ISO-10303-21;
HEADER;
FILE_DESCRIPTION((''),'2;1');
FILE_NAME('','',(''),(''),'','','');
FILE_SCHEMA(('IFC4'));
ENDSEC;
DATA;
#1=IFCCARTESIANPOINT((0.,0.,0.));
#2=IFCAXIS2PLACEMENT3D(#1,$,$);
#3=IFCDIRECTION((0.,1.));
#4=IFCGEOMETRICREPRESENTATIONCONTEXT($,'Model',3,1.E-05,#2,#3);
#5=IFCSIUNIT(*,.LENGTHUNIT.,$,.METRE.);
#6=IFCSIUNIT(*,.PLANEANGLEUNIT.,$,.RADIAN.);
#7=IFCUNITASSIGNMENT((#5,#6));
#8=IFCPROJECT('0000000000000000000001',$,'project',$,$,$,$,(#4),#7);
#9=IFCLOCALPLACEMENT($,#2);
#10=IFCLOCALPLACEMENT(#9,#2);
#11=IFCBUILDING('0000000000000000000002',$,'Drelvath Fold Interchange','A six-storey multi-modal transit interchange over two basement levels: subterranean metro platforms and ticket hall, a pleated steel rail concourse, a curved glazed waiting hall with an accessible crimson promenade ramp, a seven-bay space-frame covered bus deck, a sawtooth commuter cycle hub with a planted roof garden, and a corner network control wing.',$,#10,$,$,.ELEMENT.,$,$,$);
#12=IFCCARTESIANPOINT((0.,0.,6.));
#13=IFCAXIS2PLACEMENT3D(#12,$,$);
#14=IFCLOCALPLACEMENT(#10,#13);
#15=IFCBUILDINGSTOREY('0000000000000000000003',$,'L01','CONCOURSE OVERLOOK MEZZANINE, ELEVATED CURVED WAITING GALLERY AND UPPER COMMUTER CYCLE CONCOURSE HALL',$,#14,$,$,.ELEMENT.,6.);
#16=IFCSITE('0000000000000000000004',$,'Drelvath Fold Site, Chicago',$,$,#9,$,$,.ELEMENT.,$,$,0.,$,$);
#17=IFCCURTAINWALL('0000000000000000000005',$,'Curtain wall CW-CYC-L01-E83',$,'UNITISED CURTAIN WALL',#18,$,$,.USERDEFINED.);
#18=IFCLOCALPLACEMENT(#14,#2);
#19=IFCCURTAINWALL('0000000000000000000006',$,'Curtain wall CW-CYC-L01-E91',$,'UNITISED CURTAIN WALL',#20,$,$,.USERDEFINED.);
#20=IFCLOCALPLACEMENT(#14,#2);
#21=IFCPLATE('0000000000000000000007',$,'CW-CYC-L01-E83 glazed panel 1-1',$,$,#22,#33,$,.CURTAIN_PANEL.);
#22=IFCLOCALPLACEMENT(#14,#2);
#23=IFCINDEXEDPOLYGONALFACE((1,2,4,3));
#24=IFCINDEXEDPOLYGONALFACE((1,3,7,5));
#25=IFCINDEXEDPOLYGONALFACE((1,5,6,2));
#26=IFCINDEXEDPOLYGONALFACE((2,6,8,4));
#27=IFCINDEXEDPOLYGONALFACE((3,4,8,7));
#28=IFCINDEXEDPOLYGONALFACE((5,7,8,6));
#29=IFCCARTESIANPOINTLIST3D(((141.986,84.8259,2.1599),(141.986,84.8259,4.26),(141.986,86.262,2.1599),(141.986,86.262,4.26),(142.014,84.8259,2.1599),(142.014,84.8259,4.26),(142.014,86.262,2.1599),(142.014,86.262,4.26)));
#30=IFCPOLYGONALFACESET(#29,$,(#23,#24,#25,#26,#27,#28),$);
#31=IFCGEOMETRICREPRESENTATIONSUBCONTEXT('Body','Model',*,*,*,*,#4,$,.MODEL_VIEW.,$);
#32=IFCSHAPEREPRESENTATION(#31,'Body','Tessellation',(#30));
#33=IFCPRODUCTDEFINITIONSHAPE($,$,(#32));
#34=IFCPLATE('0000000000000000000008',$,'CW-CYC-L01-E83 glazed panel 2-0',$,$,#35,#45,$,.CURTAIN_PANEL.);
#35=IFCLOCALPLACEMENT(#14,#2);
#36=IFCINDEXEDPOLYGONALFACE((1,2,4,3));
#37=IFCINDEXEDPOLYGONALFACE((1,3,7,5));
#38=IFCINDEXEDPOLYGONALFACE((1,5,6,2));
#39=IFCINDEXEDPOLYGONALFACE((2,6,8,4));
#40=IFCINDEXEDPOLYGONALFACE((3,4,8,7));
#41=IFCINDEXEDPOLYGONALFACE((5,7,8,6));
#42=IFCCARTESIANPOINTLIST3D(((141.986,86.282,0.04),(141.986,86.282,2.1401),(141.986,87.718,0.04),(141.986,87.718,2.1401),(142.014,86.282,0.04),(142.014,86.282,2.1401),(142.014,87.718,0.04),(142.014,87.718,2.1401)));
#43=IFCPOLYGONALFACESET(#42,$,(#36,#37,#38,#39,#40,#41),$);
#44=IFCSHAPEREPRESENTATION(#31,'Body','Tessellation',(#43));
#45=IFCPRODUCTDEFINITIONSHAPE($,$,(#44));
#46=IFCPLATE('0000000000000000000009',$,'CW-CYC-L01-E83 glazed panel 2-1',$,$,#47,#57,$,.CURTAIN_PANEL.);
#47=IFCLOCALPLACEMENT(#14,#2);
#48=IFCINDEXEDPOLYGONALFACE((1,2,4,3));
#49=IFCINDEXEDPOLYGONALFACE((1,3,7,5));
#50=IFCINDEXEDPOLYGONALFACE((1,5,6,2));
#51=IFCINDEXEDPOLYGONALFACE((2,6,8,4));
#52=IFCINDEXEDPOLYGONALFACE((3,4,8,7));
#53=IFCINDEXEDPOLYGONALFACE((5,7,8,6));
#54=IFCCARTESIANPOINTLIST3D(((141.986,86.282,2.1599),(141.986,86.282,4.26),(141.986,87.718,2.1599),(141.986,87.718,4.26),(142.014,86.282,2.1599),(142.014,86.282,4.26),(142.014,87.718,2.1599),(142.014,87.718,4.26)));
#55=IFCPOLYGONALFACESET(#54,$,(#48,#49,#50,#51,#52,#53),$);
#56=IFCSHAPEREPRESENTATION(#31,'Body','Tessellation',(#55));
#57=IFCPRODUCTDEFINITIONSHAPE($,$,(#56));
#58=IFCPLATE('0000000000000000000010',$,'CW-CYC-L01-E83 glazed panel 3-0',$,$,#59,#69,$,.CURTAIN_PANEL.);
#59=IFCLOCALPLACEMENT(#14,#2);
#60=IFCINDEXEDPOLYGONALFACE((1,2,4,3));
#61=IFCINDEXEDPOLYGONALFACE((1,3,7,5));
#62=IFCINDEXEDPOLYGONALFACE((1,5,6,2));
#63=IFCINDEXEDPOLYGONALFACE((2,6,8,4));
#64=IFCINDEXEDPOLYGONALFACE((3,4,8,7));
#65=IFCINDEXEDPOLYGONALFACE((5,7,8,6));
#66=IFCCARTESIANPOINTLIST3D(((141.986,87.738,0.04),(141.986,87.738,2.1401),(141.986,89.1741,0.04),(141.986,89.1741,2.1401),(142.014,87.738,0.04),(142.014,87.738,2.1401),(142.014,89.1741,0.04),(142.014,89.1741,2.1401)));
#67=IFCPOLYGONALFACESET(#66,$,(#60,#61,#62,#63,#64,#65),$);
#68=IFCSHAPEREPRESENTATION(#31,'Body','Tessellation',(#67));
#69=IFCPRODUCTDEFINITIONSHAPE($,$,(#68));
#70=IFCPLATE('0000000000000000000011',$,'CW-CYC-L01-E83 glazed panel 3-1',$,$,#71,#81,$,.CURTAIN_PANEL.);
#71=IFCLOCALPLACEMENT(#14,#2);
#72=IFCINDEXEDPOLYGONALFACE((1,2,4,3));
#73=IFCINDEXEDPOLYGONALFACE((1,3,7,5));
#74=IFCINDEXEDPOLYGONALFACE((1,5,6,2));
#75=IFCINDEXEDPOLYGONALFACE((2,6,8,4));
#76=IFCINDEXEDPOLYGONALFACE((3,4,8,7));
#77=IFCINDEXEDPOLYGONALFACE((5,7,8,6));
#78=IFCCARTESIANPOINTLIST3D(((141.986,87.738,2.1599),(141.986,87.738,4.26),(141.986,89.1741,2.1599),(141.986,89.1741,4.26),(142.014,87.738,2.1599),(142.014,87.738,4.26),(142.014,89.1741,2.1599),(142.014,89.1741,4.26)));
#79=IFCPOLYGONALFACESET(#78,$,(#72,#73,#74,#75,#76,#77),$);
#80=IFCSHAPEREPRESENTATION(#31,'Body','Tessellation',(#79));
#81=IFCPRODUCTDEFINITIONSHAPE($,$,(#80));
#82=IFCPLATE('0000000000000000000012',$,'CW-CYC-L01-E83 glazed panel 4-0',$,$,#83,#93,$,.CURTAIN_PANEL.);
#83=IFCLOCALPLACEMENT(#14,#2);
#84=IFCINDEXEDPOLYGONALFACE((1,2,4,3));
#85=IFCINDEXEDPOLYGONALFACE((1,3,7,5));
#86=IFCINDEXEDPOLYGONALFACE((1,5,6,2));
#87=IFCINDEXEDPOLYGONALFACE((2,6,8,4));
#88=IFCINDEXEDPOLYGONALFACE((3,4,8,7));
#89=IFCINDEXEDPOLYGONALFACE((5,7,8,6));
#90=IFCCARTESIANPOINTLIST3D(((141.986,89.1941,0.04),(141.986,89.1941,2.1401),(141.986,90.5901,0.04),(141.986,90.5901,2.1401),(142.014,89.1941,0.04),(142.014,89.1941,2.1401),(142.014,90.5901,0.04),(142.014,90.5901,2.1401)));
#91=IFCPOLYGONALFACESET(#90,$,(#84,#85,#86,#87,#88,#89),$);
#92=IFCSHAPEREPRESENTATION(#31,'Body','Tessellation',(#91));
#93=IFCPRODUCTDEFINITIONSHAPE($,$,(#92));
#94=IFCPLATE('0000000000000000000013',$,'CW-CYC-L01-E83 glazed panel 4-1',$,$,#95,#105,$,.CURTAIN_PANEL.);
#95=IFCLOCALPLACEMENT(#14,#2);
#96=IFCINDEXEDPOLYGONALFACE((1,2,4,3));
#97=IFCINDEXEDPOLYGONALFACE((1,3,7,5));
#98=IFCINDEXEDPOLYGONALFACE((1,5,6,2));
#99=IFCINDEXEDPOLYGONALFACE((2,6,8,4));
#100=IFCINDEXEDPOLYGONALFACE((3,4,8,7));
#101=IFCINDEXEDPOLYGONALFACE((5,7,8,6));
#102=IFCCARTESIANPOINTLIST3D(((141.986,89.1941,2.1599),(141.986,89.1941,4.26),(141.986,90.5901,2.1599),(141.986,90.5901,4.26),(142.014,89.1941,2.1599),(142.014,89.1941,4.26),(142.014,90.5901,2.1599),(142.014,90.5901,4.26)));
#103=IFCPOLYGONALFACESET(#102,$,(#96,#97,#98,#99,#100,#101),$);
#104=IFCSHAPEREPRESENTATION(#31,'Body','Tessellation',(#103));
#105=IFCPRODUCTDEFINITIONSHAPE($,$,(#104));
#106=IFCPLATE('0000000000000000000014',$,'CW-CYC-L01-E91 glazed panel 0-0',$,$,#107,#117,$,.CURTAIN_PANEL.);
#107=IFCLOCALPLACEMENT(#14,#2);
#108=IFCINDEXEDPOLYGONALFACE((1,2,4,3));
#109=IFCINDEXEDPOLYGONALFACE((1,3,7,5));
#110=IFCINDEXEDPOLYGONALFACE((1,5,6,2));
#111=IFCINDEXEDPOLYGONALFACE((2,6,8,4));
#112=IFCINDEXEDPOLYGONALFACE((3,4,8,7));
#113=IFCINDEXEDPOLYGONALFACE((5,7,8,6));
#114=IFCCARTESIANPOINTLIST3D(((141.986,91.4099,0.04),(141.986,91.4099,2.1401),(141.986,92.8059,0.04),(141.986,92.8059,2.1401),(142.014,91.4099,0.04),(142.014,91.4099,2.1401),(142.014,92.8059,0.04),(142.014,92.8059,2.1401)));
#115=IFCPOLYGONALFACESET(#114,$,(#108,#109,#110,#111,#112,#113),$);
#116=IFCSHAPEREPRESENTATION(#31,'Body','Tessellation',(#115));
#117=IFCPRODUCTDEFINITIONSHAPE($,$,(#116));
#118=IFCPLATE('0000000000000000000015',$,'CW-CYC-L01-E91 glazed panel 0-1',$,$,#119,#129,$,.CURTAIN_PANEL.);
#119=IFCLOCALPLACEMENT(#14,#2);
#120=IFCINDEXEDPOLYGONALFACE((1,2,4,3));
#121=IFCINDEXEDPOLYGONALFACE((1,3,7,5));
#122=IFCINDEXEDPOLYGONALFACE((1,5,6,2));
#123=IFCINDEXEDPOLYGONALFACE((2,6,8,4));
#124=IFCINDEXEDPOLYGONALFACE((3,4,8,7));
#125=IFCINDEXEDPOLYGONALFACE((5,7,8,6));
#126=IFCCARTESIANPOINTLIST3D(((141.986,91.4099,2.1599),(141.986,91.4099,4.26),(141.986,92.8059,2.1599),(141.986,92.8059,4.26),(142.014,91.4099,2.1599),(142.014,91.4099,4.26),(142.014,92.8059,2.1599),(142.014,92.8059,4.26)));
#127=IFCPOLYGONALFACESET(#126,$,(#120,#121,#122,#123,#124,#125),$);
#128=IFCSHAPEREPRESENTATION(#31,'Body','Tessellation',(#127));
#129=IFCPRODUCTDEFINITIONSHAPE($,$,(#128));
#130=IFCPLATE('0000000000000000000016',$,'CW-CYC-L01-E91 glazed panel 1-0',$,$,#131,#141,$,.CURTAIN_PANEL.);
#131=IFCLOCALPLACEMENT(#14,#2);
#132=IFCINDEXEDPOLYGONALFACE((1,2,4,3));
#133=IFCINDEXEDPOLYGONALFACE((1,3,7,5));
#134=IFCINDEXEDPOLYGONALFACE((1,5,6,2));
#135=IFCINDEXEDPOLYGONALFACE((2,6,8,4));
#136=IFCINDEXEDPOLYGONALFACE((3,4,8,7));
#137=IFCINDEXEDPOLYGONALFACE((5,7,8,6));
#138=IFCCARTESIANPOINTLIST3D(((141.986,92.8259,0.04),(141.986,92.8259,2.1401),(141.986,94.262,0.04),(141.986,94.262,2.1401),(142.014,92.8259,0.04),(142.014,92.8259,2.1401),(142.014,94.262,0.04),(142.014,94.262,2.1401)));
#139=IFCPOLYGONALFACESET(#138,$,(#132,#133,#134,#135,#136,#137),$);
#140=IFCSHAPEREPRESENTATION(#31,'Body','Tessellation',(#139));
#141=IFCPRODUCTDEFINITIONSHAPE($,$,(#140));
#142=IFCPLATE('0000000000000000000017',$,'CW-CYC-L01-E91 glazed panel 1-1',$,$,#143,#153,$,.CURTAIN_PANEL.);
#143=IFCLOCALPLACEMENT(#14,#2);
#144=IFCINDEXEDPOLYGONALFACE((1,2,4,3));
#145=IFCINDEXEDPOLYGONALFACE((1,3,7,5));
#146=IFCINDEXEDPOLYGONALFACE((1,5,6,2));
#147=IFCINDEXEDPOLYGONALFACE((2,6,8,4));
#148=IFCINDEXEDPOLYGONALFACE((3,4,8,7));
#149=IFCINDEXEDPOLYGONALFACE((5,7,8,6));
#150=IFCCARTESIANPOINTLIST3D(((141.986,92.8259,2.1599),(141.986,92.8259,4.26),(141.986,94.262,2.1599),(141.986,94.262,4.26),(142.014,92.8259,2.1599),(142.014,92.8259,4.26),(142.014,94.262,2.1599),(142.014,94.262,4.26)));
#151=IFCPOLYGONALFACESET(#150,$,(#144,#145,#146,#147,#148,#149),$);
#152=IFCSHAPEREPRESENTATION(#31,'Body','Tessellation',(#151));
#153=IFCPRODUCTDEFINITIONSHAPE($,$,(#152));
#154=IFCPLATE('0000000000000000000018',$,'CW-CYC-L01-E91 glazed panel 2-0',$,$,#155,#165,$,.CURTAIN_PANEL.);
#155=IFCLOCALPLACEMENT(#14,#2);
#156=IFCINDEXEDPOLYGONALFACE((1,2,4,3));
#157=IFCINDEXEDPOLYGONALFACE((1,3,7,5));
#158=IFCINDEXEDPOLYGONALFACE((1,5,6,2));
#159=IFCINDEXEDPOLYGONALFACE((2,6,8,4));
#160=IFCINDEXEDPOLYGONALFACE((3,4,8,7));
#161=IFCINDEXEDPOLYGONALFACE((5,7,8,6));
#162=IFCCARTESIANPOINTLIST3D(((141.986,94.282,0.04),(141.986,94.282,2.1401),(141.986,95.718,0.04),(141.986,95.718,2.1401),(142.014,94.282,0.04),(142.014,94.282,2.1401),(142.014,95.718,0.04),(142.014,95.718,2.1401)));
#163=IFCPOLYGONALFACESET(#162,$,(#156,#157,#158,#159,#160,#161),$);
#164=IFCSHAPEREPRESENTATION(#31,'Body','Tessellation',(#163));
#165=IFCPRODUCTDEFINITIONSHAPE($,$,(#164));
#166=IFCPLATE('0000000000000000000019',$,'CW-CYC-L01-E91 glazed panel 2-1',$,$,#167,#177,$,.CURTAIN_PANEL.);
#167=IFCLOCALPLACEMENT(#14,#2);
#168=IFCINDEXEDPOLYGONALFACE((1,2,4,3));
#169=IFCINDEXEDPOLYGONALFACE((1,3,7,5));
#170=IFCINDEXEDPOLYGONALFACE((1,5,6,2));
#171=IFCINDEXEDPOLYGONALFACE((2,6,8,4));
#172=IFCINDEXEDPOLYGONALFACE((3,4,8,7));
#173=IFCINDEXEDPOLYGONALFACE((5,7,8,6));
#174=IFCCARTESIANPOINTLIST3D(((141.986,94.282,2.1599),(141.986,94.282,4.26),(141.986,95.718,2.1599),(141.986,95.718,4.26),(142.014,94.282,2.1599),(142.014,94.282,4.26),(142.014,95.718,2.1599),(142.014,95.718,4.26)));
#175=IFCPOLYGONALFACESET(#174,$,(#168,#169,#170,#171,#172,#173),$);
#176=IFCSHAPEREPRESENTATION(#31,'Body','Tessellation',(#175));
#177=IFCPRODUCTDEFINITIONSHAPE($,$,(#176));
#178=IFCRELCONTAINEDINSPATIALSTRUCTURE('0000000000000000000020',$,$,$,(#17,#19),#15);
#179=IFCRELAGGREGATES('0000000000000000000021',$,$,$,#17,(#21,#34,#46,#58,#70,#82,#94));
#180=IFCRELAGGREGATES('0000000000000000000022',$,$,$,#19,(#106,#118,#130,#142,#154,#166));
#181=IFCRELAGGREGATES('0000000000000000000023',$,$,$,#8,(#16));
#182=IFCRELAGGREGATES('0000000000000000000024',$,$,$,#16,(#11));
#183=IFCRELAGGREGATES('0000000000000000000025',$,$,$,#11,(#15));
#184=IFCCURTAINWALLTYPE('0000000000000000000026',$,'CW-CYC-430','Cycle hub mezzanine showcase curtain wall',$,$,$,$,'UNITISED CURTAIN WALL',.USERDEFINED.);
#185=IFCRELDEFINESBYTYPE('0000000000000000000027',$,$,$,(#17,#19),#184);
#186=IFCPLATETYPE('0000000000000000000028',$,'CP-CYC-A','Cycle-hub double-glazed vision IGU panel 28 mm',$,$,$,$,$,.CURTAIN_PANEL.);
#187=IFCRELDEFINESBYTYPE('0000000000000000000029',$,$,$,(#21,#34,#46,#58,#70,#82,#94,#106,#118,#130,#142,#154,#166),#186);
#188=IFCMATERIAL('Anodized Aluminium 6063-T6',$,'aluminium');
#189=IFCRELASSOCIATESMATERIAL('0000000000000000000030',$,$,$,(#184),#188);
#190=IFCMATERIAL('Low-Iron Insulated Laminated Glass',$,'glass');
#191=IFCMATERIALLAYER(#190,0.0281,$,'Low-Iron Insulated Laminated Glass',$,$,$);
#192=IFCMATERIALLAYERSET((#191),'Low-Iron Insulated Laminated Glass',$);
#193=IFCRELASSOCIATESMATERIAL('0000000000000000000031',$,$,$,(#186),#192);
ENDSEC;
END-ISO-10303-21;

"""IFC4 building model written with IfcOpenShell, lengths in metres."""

from ifc_helpers import new_model, si_unit, direction, frame, origin, origin_2d, place, context, subcontext, project, spatial, rectangle, extrude, material, layer, layer_set, type_object, element, aggregate, save


model = new_model("IFC4")

# Units and contexts
model_context = context("Model", 3, precision=1e-05, world=origin(), true_north=direction((0.0, 1.0)))
body_context = subcontext(model_context, "Body", "Model", "MODEL_VIEW")
ifc_project = project(units=[si_unit("LENGTHUNIT", "METRE"), si_unit("PLANEANGLEUNIT", "RADIAN")], contexts=[model_context])

# Site, building, storey
site_placement = place(None, origin())
site = spatial("IfcSite", under=ifc_project, at=site_placement, Name="Drelvath Fold Site, Chicago", CompositionType="ELEMENT", RefElevation=0.0)
building_placement = place(site_placement, origin())
building = spatial("IfcBuilding", under=site, at=building_placement, Name="Drelvath Fold Interchange", Description="A six-storey multi-modal transit interchange over two basement levels: subterranean metro platforms and ticket hall, a pleated steel rail concourse, a curved glazed waiting hall with an accessible crimson promenade ramp, a seven-bay space-frame covered bus deck, a sawtooth commuter cycle hub with a planted roof garden, and a corner network control wing.", CompositionType="ELEMENT")
storey_placement = place(building_placement, frame((0.0, 0.0, 6.0)))
storey = spatial("IfcBuildingStorey", under=building, at=storey_placement, Name="L01", Description="CONCOURSE OVERLOOK MEZZANINE, ELEVATED CURVED WAITING GALLERY AND UPPER COMMUTER CYCLE CONCOURSE HALL", CompositionType="ELEMENT", Elevation=6.0)

# Curtain walls
ifc_material_1 = material(Name="Anodized Aluminium 6063-T6", Category="aluminium")
curtain_wall_type = type_object("IfcCurtainWallType", Name="CW-CYC-430", Description="Cycle hub mezzanine showcase curtain wall", ElementType="UNITISED CURTAIN WALL", PredefinedType="USERDEFINED", material=ifc_material_1)
curtain_wall_1_placement = place(storey_placement, origin())
curtain_wall_1 = element("IfcCurtainWall", 1, at=curtain_wall_1_placement, inside=storey, type_object=curtain_wall_type, Name="Curtain wall CW-CYC-L01-E83", ObjectType="UNITISED CURTAIN WALL", PredefinedType="USERDEFINED")
curtain_wall_2_placement = place(storey_placement, origin())
curtain_wall_2 = element("IfcCurtainWall", 2, at=curtain_wall_2_placement, inside=storey, type_object=curtain_wall_type, Name="Curtain wall CW-CYC-L01-E91", ObjectType="UNITISED CURTAIN WALL", PredefinedType="USERDEFINED")

# Plates
ifc_material_2 = material(Name="Low-Iron Insulated Laminated Glass", Category="glass")
ifc_layer = layer(ifc_material_2, 0.0281, Name="Low-Iron Insulated Laminated Glass")
ifc_layer_set = layer_set([ifc_layer], Name="Low-Iron Insulated Laminated Glass")
plate_type = type_object("IfcPlateType", Name="CP-CYC-A", Description="Cycle-hub double-glazed vision IGU panel 28 mm", PredefinedType="CURTAIN_PANEL", material=ifc_layer_set)
plate_1_placement = place(storey_placement, frame((142.0, 85.5439, 2.1599), z_axis=(0.0, 0.0, 1.0), x_axis=(0.0, 1.0, 0.0)))
plate_1 = element("IfcPlate", 3, at=plate_1_placement, type_object=plate_type, Name="CW-CYC-L01-E83 glazed panel 1-1", PredefinedType="CURTAIN_PANEL", context=body_context, shape_type="SweptSolid", body=[
    extrude(rectangle(XDim=1.436, YDim=0.0281, at=origin_2d()), origin(), (0.0, 0.0, 1.0), 2.1001),
])
plate_2_placement = place(storey_placement, frame((142.0, 87.0, 0.04), z_axis=(0.0, 0.0, 1.0), x_axis=(0.0, 1.0, 0.0)))
plate_2 = element("IfcPlate", 4, at=plate_2_placement, type_object=plate_type, Name="CW-CYC-L01-E83 glazed panel 2-0", PredefinedType="CURTAIN_PANEL", context=body_context, shape_type="SweptSolid", body=[
    extrude(rectangle(XDim=1.436, YDim=0.0281, at=origin_2d()), origin(), (0.0, 0.0, 1.0), 2.1001),
])
plate_3_placement = place(storey_placement, frame((142.0, 87.0, 2.1599), z_axis=(0.0, 0.0, 1.0), x_axis=(0.0, 1.0, 0.0)))
plate_3 = element("IfcPlate", 5, at=plate_3_placement, type_object=plate_type, Name="CW-CYC-L01-E83 glazed panel 2-1", PredefinedType="CURTAIN_PANEL", context=body_context, shape_type="SweptSolid", body=[
    extrude(rectangle(XDim=1.436, YDim=0.0281, at=origin_2d()), origin(), (0.0, 0.0, 1.0), 2.1001),
])
plate_4_placement = place(storey_placement, frame((142.0, 88.4561, 0.04), z_axis=(0.0, 0.0, 1.0), x_axis=(0.0, 1.0, 0.0)))
plate_4 = element("IfcPlate", 6, at=plate_4_placement, type_object=plate_type, Name="CW-CYC-L01-E83 glazed panel 3-0", PredefinedType="CURTAIN_PANEL", context=body_context, shape_type="SweptSolid", body=[
    extrude(rectangle(XDim=1.436, YDim=0.0281, at=origin_2d()), origin(), (0.0, 0.0, 1.0), 2.1001),
])
plate_5_placement = place(storey_placement, frame((142.0, 88.4561, 2.1599), z_axis=(0.0, 0.0, 1.0), x_axis=(0.0, 1.0, 0.0)))
plate_5 = element("IfcPlate", 7, at=plate_5_placement, type_object=plate_type, Name="CW-CYC-L01-E83 glazed panel 3-1", PredefinedType="CURTAIN_PANEL", context=body_context, shape_type="SweptSolid", body=[
    extrude(rectangle(XDim=1.436, YDim=0.0281, at=origin_2d()), origin(), (0.0, 0.0, 1.0), 2.1001),
])
plate_6_placement = place(storey_placement, frame((142.0, 89.8921, 0.04), z_axis=(0.0, 0.0, 1.0), x_axis=(0.0, 1.0, 0.0)))
plate_6 = element("IfcPlate", 8, at=plate_6_placement, type_object=plate_type, Name="CW-CYC-L01-E83 glazed panel 4-0", PredefinedType="CURTAIN_PANEL", context=body_context, shape_type="SweptSolid", body=[
    extrude(rectangle(XDim=1.396, YDim=0.0281, at=origin_2d()), origin(), (0.0, 0.0, 1.0), 2.1001),
])
plate_7_placement = place(storey_placement, frame((142.0, 89.8921, 2.1599), z_axis=(0.0, 0.0, 1.0), x_axis=(0.0, 1.0, 0.0)))
plate_7 = element("IfcPlate", 9, at=plate_7_placement, type_object=plate_type, Name="CW-CYC-L01-E83 glazed panel 4-1", PredefinedType="CURTAIN_PANEL", context=body_context, shape_type="SweptSolid", body=[
    extrude(rectangle(XDim=1.396, YDim=0.0281, at=origin_2d()), origin(), (0.0, 0.0, 1.0), 2.1001),
])
aggregate(curtain_wall_1, [plate_1, plate_2, plate_3, plate_4, plate_5, plate_6, plate_7])
plate_8_placement = place(storey_placement, frame((142.0, 92.1079, 0.04), z_axis=(0.0, 0.0, 1.0), x_axis=(0.0, 1.0, 0.0)))
plate_8 = element("IfcPlate", 10, at=plate_8_placement, type_object=plate_type, Name="CW-CYC-L01-E91 glazed panel 0-0", PredefinedType="CURTAIN_PANEL", context=body_context, shape_type="SweptSolid", body=[
    extrude(rectangle(XDim=1.396, YDim=0.0281, at=origin_2d()), origin(), (0.0, 0.0, 1.0), 2.1001),
])
plate_9_placement = place(storey_placement, frame((142.0, 92.1079, 2.1599), z_axis=(0.0, 0.0, 1.0), x_axis=(0.0, 1.0, 0.0)))
plate_9 = element("IfcPlate", 11, at=plate_9_placement, type_object=plate_type, Name="CW-CYC-L01-E91 glazed panel 0-1", PredefinedType="CURTAIN_PANEL", context=body_context, shape_type="SweptSolid", body=[
    extrude(rectangle(XDim=1.396, YDim=0.0281, at=origin_2d()), origin(), (0.0, 0.0, 1.0), 2.1001),
])
plate_10_placement = place(storey_placement, frame((142.0, 93.5439, 0.04), z_axis=(0.0, 0.0, 1.0), x_axis=(0.0, 1.0, 0.0)))
plate_10 = element("IfcPlate", 12, at=plate_10_placement, type_object=plate_type, Name="CW-CYC-L01-E91 glazed panel 1-0", PredefinedType="CURTAIN_PANEL", context=body_context, shape_type="SweptSolid", body=[
    extrude(rectangle(XDim=1.436, YDim=0.0281, at=origin_2d()), origin(), (0.0, 0.0, 1.0), 2.1001),
])
plate_11_placement = place(storey_placement, frame((142.0, 93.5439, 2.1599), z_axis=(0.0, 0.0, 1.0), x_axis=(0.0, 1.0, 0.0)))
plate_11 = element("IfcPlate", 13, at=plate_11_placement, type_object=plate_type, Name="CW-CYC-L01-E91 glazed panel 1-1", PredefinedType="CURTAIN_PANEL", context=body_context, shape_type="SweptSolid", body=[
    extrude(rectangle(XDim=1.436, YDim=0.0281, at=origin_2d()), origin(), (0.0, 0.0, 1.0), 2.1001),
])
plate_12_placement = place(storey_placement, frame((142.0, 95.0, 0.04), z_axis=(0.0, 0.0, 1.0), x_axis=(0.0, 1.0, 0.0)))
plate_12 = element("IfcPlate", 14, at=plate_12_placement, type_object=plate_type, Name="CW-CYC-L01-E91 glazed panel 2-0", PredefinedType="CURTAIN_PANEL", context=body_context, shape_type="SweptSolid", body=[
    extrude(rectangle(XDim=1.436, YDim=0.0281, at=origin_2d()), origin(), (0.0, 0.0, 1.0), 2.1001),
])
plate_13_placement = place(storey_placement, frame((142.0, 95.0, 2.1599), z_axis=(0.0, 0.0, 1.0), x_axis=(0.0, 1.0, 0.0)))
plate_13 = element("IfcPlate", 15, at=plate_13_placement, type_object=plate_type, Name="CW-CYC-L01-E91 glazed panel 2-1", PredefinedType="CURTAIN_PANEL", context=body_context, shape_type="SweptSolid", body=[
    extrude(rectangle(XDim=1.436, YDim=0.0281, at=origin_2d()), origin(), (0.0, 0.0, 1.0), 2.1001),
])
aggregate(curtain_wall_2, [plate_8, plate_9, plate_10, plate_11, plate_12, plate_13])

save(model, "model.ifc")
